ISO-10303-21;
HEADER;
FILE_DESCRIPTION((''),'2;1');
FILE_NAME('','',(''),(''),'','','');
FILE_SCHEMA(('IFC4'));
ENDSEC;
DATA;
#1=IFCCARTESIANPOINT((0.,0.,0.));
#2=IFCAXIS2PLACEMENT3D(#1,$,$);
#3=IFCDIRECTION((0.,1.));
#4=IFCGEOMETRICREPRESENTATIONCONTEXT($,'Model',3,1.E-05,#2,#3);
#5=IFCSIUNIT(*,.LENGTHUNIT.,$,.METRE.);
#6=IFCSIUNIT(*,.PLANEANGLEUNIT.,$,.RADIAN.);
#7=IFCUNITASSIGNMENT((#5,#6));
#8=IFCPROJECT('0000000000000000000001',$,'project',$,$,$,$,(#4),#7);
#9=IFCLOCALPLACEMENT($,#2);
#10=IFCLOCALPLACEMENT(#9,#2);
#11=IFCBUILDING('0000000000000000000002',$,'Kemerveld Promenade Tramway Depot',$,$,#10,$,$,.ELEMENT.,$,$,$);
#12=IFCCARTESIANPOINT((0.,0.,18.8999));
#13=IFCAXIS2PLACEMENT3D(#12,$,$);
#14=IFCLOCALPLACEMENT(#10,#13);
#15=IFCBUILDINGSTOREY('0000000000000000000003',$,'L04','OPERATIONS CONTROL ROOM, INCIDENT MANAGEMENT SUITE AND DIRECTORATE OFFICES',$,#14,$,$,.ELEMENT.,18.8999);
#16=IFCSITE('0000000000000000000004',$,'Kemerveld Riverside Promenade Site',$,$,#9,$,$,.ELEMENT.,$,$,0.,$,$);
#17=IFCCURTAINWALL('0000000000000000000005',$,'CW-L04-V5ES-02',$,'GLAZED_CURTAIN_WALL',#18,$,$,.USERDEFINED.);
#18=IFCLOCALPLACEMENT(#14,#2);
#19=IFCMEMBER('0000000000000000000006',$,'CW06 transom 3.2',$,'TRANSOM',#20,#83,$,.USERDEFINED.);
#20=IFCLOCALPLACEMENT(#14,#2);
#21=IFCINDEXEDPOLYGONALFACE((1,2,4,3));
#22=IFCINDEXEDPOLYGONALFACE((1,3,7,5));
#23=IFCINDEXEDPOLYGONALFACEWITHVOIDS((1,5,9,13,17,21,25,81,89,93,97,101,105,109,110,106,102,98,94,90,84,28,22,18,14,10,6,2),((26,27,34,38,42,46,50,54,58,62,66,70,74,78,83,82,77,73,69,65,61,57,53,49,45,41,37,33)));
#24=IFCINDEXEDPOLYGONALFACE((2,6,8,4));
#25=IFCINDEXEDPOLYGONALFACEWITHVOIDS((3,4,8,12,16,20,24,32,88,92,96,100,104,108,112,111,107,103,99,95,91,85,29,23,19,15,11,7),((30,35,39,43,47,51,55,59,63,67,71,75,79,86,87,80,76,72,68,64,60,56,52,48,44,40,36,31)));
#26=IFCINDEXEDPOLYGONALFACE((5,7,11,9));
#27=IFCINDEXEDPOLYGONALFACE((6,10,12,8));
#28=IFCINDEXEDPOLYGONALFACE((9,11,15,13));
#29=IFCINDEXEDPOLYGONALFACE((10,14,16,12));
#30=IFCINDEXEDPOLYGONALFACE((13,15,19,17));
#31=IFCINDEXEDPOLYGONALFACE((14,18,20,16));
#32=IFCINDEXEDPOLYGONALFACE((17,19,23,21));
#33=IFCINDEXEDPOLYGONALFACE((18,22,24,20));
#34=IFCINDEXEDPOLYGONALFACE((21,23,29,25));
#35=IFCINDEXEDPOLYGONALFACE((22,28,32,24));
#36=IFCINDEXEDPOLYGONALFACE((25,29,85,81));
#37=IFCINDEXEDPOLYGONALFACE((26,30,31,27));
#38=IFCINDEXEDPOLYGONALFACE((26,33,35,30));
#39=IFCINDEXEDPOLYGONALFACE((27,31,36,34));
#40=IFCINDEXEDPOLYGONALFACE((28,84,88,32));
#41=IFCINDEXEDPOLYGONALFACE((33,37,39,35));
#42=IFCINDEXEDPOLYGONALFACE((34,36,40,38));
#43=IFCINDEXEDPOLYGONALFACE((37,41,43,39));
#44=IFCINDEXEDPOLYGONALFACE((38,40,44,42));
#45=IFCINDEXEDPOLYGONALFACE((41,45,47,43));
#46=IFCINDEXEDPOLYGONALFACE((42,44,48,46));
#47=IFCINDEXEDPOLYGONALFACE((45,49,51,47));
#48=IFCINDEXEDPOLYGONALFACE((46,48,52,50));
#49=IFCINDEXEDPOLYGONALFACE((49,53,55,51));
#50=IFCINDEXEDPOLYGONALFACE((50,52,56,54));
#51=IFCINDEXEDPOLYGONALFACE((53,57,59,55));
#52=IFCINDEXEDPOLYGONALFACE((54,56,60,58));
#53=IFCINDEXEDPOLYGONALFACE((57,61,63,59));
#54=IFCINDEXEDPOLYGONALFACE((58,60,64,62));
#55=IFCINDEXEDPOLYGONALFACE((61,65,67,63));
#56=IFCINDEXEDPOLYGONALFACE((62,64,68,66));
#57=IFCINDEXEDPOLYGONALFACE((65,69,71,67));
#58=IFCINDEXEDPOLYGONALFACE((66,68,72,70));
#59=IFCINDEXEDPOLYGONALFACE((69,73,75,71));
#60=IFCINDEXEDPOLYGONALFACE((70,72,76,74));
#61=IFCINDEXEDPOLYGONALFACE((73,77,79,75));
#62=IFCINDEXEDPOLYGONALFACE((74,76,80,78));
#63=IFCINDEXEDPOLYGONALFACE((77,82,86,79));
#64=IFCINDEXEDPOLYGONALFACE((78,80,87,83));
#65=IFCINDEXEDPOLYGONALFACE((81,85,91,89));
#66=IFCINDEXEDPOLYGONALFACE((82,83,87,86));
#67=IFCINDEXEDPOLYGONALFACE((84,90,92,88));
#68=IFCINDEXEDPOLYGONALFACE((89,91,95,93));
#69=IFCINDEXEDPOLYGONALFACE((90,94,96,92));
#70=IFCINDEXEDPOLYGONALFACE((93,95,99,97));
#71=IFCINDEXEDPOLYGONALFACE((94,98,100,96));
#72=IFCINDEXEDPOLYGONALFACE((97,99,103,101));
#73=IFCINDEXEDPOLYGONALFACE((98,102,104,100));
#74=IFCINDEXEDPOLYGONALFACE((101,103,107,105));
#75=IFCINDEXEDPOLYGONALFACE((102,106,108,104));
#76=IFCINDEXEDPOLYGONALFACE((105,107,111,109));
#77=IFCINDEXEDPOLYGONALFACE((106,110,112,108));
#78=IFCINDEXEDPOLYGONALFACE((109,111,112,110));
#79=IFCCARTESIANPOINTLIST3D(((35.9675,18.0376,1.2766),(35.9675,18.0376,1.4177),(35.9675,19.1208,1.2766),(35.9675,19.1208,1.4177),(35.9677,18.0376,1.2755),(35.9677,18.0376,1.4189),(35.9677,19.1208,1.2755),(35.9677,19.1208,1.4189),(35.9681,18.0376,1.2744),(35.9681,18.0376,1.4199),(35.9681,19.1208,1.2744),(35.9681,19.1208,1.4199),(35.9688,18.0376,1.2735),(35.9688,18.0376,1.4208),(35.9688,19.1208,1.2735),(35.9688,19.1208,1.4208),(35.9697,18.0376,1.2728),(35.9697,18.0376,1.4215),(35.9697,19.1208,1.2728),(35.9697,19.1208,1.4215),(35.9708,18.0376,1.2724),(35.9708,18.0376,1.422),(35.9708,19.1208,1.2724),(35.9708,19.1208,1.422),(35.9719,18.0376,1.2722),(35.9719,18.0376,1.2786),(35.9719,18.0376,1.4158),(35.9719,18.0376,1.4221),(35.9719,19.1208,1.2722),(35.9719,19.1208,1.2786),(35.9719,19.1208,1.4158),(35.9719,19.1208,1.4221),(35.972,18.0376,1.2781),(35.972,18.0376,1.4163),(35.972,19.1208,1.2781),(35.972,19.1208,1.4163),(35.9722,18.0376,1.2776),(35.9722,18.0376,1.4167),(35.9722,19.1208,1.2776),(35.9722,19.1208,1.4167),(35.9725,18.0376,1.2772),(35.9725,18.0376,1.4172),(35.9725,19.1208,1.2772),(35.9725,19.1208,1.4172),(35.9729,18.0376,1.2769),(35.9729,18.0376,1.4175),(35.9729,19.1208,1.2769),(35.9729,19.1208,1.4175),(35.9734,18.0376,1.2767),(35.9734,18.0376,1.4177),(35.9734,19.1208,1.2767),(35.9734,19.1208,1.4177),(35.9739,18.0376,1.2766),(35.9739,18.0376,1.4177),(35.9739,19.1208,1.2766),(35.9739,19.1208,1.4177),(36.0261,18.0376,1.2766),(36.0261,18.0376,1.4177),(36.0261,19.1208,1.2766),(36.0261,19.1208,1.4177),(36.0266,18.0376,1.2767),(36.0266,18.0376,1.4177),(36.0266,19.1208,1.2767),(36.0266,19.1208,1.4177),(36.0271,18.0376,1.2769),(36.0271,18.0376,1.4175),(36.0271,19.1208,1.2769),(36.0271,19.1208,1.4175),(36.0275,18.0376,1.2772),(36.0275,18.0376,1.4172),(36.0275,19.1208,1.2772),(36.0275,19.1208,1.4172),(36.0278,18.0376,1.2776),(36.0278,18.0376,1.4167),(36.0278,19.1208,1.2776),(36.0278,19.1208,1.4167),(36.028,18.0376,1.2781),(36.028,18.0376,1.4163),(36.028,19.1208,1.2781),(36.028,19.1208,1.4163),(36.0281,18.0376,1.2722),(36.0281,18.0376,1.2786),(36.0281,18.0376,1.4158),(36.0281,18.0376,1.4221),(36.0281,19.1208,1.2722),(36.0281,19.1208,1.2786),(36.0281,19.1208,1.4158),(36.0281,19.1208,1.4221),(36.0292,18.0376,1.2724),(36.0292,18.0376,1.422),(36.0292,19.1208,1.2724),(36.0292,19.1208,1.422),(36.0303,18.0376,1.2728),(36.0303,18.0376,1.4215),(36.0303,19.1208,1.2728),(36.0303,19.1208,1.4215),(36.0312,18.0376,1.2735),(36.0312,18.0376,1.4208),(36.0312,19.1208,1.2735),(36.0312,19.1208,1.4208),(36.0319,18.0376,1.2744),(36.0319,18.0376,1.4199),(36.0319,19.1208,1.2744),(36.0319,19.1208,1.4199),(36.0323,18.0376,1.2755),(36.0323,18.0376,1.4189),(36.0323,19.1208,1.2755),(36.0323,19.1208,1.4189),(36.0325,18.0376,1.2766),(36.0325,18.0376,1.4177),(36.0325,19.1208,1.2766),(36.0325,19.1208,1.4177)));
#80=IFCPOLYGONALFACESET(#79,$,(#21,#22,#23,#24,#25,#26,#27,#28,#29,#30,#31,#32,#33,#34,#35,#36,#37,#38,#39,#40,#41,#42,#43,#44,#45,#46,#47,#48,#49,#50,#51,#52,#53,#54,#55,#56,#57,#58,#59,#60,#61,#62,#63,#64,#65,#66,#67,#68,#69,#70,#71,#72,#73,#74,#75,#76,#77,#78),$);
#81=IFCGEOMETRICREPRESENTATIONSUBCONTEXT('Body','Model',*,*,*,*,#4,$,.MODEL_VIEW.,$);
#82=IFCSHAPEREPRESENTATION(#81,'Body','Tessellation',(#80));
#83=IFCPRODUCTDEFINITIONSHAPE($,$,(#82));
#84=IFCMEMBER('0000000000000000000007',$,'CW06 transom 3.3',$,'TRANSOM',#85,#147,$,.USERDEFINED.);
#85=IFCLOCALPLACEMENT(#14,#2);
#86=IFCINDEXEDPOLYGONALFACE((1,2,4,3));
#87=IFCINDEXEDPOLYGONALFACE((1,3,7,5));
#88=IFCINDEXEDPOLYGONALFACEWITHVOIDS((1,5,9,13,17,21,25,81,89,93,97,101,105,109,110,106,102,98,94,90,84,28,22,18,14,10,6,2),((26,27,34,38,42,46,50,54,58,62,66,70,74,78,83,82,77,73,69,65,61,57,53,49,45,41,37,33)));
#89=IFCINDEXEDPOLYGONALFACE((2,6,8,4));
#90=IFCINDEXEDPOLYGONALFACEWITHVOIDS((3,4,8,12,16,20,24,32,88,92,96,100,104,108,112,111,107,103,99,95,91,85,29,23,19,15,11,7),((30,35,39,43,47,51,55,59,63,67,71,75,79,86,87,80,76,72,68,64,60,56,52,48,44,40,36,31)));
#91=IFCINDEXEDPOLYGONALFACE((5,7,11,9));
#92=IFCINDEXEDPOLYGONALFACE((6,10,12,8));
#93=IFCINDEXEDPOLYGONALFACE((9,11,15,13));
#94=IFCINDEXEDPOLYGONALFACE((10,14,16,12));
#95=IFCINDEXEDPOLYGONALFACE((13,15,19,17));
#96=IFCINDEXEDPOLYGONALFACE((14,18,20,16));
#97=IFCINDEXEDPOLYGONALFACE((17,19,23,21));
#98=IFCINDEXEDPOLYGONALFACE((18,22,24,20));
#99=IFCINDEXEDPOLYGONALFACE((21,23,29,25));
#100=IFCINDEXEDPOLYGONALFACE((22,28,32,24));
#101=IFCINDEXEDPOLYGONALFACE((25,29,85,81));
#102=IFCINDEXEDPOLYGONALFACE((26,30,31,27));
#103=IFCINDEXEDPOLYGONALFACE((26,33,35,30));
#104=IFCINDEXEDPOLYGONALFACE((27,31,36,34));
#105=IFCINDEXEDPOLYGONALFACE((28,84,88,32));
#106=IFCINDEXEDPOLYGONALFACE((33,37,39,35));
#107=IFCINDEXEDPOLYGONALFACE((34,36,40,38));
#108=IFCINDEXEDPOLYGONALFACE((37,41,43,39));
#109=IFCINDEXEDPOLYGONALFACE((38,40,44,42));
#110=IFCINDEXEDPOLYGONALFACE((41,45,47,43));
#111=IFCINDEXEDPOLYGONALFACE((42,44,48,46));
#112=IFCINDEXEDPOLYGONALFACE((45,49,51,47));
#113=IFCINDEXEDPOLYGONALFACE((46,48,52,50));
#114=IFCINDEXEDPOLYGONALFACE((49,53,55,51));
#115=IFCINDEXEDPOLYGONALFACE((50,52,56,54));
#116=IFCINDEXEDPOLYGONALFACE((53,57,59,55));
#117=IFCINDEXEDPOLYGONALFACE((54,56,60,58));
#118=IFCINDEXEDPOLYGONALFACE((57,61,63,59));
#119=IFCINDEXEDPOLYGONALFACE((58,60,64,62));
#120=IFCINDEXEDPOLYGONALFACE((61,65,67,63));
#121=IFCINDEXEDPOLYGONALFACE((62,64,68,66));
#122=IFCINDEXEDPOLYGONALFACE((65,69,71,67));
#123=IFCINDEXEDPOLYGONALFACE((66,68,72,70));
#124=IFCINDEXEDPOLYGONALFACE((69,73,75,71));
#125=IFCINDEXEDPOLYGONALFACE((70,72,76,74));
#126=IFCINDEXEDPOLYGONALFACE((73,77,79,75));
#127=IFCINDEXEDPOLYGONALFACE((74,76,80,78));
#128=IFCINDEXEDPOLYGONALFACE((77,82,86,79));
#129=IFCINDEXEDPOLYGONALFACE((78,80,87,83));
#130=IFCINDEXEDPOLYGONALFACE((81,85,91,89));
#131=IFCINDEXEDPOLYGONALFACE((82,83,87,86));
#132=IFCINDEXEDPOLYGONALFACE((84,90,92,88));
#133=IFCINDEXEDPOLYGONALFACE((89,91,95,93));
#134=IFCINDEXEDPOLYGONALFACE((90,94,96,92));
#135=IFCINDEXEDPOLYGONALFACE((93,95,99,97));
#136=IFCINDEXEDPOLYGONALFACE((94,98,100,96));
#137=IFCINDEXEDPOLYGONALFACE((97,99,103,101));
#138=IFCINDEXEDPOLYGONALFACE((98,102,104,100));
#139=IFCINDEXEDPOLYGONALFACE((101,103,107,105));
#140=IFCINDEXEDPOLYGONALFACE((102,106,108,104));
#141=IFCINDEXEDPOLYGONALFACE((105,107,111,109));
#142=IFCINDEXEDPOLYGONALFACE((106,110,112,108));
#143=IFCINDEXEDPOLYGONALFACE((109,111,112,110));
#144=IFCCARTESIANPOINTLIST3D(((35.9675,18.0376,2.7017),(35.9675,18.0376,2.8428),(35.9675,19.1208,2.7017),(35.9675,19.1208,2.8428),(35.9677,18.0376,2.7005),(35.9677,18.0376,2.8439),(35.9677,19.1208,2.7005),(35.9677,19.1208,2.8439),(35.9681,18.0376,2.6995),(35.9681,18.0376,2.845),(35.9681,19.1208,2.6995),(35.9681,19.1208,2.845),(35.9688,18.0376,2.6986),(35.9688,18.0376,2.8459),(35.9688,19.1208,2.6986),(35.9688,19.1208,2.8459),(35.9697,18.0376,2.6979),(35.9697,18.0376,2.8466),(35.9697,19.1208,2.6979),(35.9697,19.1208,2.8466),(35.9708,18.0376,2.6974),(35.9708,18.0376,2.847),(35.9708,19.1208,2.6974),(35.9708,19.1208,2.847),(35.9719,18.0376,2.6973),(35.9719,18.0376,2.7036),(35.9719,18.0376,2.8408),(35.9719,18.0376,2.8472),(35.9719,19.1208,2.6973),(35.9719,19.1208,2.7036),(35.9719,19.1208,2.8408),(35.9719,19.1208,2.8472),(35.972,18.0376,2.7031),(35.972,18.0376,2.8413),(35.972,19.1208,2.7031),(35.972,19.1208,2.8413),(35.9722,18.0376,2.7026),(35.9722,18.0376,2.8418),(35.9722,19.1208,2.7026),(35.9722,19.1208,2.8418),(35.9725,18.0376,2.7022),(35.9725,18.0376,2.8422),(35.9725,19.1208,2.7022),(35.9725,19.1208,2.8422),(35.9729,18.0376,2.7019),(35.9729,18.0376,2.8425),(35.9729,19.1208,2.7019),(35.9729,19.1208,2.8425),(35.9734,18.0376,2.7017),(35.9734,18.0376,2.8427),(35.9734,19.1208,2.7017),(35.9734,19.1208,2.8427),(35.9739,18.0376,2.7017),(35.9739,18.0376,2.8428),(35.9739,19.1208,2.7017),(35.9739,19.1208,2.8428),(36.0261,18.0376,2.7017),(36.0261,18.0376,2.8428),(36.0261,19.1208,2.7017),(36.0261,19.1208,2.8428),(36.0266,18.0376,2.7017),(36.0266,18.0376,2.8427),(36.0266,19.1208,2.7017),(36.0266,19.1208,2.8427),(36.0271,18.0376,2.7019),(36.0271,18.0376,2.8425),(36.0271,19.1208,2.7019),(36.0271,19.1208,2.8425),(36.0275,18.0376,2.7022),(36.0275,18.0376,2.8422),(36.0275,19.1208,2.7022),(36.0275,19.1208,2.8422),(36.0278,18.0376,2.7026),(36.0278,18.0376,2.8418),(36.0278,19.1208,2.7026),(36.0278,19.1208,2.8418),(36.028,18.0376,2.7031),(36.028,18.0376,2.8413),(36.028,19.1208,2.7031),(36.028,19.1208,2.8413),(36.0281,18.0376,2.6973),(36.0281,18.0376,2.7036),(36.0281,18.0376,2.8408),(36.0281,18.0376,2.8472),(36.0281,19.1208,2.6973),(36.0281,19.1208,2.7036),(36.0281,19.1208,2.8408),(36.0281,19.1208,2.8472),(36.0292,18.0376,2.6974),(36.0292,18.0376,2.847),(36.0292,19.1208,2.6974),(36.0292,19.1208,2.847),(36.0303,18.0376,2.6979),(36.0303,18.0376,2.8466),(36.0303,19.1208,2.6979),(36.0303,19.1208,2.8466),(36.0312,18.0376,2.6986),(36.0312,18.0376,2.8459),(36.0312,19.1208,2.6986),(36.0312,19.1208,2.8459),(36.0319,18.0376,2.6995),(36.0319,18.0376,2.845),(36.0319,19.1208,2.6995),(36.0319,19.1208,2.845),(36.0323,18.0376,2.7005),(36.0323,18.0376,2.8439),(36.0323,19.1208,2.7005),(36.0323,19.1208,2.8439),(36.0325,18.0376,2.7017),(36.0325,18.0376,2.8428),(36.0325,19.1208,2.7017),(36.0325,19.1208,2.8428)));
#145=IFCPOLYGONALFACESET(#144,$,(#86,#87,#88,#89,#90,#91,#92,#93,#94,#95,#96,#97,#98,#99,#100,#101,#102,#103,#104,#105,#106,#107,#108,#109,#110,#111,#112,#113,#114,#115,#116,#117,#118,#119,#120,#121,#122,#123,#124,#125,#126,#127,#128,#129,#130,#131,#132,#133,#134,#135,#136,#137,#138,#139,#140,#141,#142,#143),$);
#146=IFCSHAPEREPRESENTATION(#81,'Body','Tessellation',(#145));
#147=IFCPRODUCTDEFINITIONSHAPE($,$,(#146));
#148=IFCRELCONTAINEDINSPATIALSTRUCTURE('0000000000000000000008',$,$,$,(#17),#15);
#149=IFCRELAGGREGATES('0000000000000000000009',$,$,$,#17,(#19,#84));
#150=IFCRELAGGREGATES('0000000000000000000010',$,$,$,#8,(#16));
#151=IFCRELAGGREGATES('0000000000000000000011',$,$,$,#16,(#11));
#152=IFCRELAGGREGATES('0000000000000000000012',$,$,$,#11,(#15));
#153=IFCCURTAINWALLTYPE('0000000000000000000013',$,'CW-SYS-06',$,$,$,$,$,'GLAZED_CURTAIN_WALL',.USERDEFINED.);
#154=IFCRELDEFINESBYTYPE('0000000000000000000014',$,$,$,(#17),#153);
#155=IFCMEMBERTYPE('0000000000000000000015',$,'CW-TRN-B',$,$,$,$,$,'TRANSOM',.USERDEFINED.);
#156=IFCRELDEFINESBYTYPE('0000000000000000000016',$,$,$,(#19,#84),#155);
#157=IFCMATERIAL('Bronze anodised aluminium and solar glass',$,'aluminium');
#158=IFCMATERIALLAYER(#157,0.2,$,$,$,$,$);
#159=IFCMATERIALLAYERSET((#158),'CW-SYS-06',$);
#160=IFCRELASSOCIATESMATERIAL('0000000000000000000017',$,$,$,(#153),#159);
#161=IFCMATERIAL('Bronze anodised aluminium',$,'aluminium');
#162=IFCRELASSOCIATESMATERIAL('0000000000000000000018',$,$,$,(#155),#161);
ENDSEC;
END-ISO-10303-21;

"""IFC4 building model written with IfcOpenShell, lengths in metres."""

from ifc_helpers import new_model, si_unit, direction, frame, origin, origin_2d, place, context, subcontext, project, spatial, hollow_rectangle, extrude, material, layer, layer_set, material_profile, profile_set, type_object, element, aggregate, save


model = new_model("IFC4")

# Units and contexts
model_context = context("Model", 3, precision=1e-05, world=origin(), true_north=direction((0.0, 1.0)))
body_context = subcontext(model_context, "Body", "Model", "MODEL_VIEW")
ifc_project = project(units=[si_unit("LENGTHUNIT", "METRE"), si_unit("PLANEANGLEUNIT", "RADIAN")], contexts=[model_context])

# Site, building, storey
site_placement = place(None, origin())
site = spatial("IfcSite", under=ifc_project, at=site_placement, Name="Kemerveld Riverside Promenade Site", CompositionType="ELEMENT", RefElevation=0.0)
building_placement = place(site_placement, origin())
building = spatial("IfcBuilding", under=site, at=building_placement, Name="Kemerveld Promenade Tramway Depot", CompositionType="ELEMENT")
storey_placement = place(building_placement, frame((0.0, 0.0, 18.8999)))
storey = spatial("IfcBuildingStorey", under=building, at=storey_placement, Name="L04", Description="OPERATIONS CONTROL ROOM, INCIDENT MANAGEMENT SUITE AND DIRECTORATE OFFICES", CompositionType="ELEMENT", Elevation=18.8999)

# Curtain wall, members
ifc_material_1 = material(Name="Bronze anodised aluminium and solar glass", Category="aluminium")
ifc_layer_1 = layer(ifc_material_1, 0.2)
ifc_layer_set_1 = layer_set([ifc_layer_1], Name="CW-SYS-06")
curtain_wall_type = type_object("IfcCurtainWallType", Name="CW-SYS-06", ElementType="GLAZED_CURTAIN_WALL", PredefinedType="USERDEFINED", material=ifc_layer_set_1)
curtain_wall_placement = place(storey_placement, origin())
curtain_wall = element("IfcCurtainWall", 1, at=curtain_wall_placement, inside=storey, type_object=curtain_wall_type, Name="CW-L04-V5ES-02", ObjectType="GLAZED_CURTAIN_WALL", PredefinedType="USERDEFINED")
ifc_material_2 = material(Name="Bronze anodised aluminium", Category="aluminium")
ifc_material_profile_1 = material_profile(ifc_material_2, hollow_rectangle(XDim=0.0649, YDim=0.1499, WallThickness=0.0044, InnerFilletRadius=0.002, OuterFilletRadius=0.0044, at=origin_2d()), Name="CW-TRN-150x65")
ifc_profile_set_1 = profile_set([ifc_material_profile_1], Name="Bronze anodised aluminium")
member_type_1 = type_object("IfcMemberType", Name="CW-TRN-B", ElementType="TRANSOM", PredefinedType="USERDEFINED", material=ifc_profile_set_1)
member_1_placement = place(storey_placement, frame((36.0, 19.1208, 1.3472), z_axis=(0.0, -1.0, 0.0), x_axis=(1.0, 0.0, 0.0)))
member_1 = element("IfcMember", 2, at=member_1_placement, type_object=member_type_1, Name="CW06 transom 3.2", ObjectType="TRANSOM", PredefinedType="USERDEFINED", context=body_context, shape_type="SweptSolid", body=[
    extrude(hollow_rectangle(XDim=0.0649, YDim=0.1499, WallThickness=0.0044, InnerFilletRadius=0.002, OuterFilletRadius=0.0044, at=origin_2d()), origin(), (0.0, 0.0, 1.0), 1.0833),
])
member_2_placement = place(storey_placement, frame((36.0, 19.1208, 2.7722), z_axis=(0.0, -1.0, 0.0), x_axis=(1.0, 0.0, 0.0)))
member_2 = element("IfcMember", 3, at=member_2_placement, type_object=member_type_1, Name="CW06 transom 3.3", ObjectType="TRANSOM", PredefinedType="USERDEFINED", context=body_context, shape_type="SweptSolid", body=[
    extrude(hollow_rectangle(XDim=0.0649, YDim=0.1499, WallThickness=0.0044, InnerFilletRadius=0.002, OuterFilletRadius=0.0044, at=origin_2d()), origin(), (0.0, 0.0, 1.0), 1.0833),
])
aggregate(curtain_wall, [member_1, member_2])

save(model, "model.ifc")
